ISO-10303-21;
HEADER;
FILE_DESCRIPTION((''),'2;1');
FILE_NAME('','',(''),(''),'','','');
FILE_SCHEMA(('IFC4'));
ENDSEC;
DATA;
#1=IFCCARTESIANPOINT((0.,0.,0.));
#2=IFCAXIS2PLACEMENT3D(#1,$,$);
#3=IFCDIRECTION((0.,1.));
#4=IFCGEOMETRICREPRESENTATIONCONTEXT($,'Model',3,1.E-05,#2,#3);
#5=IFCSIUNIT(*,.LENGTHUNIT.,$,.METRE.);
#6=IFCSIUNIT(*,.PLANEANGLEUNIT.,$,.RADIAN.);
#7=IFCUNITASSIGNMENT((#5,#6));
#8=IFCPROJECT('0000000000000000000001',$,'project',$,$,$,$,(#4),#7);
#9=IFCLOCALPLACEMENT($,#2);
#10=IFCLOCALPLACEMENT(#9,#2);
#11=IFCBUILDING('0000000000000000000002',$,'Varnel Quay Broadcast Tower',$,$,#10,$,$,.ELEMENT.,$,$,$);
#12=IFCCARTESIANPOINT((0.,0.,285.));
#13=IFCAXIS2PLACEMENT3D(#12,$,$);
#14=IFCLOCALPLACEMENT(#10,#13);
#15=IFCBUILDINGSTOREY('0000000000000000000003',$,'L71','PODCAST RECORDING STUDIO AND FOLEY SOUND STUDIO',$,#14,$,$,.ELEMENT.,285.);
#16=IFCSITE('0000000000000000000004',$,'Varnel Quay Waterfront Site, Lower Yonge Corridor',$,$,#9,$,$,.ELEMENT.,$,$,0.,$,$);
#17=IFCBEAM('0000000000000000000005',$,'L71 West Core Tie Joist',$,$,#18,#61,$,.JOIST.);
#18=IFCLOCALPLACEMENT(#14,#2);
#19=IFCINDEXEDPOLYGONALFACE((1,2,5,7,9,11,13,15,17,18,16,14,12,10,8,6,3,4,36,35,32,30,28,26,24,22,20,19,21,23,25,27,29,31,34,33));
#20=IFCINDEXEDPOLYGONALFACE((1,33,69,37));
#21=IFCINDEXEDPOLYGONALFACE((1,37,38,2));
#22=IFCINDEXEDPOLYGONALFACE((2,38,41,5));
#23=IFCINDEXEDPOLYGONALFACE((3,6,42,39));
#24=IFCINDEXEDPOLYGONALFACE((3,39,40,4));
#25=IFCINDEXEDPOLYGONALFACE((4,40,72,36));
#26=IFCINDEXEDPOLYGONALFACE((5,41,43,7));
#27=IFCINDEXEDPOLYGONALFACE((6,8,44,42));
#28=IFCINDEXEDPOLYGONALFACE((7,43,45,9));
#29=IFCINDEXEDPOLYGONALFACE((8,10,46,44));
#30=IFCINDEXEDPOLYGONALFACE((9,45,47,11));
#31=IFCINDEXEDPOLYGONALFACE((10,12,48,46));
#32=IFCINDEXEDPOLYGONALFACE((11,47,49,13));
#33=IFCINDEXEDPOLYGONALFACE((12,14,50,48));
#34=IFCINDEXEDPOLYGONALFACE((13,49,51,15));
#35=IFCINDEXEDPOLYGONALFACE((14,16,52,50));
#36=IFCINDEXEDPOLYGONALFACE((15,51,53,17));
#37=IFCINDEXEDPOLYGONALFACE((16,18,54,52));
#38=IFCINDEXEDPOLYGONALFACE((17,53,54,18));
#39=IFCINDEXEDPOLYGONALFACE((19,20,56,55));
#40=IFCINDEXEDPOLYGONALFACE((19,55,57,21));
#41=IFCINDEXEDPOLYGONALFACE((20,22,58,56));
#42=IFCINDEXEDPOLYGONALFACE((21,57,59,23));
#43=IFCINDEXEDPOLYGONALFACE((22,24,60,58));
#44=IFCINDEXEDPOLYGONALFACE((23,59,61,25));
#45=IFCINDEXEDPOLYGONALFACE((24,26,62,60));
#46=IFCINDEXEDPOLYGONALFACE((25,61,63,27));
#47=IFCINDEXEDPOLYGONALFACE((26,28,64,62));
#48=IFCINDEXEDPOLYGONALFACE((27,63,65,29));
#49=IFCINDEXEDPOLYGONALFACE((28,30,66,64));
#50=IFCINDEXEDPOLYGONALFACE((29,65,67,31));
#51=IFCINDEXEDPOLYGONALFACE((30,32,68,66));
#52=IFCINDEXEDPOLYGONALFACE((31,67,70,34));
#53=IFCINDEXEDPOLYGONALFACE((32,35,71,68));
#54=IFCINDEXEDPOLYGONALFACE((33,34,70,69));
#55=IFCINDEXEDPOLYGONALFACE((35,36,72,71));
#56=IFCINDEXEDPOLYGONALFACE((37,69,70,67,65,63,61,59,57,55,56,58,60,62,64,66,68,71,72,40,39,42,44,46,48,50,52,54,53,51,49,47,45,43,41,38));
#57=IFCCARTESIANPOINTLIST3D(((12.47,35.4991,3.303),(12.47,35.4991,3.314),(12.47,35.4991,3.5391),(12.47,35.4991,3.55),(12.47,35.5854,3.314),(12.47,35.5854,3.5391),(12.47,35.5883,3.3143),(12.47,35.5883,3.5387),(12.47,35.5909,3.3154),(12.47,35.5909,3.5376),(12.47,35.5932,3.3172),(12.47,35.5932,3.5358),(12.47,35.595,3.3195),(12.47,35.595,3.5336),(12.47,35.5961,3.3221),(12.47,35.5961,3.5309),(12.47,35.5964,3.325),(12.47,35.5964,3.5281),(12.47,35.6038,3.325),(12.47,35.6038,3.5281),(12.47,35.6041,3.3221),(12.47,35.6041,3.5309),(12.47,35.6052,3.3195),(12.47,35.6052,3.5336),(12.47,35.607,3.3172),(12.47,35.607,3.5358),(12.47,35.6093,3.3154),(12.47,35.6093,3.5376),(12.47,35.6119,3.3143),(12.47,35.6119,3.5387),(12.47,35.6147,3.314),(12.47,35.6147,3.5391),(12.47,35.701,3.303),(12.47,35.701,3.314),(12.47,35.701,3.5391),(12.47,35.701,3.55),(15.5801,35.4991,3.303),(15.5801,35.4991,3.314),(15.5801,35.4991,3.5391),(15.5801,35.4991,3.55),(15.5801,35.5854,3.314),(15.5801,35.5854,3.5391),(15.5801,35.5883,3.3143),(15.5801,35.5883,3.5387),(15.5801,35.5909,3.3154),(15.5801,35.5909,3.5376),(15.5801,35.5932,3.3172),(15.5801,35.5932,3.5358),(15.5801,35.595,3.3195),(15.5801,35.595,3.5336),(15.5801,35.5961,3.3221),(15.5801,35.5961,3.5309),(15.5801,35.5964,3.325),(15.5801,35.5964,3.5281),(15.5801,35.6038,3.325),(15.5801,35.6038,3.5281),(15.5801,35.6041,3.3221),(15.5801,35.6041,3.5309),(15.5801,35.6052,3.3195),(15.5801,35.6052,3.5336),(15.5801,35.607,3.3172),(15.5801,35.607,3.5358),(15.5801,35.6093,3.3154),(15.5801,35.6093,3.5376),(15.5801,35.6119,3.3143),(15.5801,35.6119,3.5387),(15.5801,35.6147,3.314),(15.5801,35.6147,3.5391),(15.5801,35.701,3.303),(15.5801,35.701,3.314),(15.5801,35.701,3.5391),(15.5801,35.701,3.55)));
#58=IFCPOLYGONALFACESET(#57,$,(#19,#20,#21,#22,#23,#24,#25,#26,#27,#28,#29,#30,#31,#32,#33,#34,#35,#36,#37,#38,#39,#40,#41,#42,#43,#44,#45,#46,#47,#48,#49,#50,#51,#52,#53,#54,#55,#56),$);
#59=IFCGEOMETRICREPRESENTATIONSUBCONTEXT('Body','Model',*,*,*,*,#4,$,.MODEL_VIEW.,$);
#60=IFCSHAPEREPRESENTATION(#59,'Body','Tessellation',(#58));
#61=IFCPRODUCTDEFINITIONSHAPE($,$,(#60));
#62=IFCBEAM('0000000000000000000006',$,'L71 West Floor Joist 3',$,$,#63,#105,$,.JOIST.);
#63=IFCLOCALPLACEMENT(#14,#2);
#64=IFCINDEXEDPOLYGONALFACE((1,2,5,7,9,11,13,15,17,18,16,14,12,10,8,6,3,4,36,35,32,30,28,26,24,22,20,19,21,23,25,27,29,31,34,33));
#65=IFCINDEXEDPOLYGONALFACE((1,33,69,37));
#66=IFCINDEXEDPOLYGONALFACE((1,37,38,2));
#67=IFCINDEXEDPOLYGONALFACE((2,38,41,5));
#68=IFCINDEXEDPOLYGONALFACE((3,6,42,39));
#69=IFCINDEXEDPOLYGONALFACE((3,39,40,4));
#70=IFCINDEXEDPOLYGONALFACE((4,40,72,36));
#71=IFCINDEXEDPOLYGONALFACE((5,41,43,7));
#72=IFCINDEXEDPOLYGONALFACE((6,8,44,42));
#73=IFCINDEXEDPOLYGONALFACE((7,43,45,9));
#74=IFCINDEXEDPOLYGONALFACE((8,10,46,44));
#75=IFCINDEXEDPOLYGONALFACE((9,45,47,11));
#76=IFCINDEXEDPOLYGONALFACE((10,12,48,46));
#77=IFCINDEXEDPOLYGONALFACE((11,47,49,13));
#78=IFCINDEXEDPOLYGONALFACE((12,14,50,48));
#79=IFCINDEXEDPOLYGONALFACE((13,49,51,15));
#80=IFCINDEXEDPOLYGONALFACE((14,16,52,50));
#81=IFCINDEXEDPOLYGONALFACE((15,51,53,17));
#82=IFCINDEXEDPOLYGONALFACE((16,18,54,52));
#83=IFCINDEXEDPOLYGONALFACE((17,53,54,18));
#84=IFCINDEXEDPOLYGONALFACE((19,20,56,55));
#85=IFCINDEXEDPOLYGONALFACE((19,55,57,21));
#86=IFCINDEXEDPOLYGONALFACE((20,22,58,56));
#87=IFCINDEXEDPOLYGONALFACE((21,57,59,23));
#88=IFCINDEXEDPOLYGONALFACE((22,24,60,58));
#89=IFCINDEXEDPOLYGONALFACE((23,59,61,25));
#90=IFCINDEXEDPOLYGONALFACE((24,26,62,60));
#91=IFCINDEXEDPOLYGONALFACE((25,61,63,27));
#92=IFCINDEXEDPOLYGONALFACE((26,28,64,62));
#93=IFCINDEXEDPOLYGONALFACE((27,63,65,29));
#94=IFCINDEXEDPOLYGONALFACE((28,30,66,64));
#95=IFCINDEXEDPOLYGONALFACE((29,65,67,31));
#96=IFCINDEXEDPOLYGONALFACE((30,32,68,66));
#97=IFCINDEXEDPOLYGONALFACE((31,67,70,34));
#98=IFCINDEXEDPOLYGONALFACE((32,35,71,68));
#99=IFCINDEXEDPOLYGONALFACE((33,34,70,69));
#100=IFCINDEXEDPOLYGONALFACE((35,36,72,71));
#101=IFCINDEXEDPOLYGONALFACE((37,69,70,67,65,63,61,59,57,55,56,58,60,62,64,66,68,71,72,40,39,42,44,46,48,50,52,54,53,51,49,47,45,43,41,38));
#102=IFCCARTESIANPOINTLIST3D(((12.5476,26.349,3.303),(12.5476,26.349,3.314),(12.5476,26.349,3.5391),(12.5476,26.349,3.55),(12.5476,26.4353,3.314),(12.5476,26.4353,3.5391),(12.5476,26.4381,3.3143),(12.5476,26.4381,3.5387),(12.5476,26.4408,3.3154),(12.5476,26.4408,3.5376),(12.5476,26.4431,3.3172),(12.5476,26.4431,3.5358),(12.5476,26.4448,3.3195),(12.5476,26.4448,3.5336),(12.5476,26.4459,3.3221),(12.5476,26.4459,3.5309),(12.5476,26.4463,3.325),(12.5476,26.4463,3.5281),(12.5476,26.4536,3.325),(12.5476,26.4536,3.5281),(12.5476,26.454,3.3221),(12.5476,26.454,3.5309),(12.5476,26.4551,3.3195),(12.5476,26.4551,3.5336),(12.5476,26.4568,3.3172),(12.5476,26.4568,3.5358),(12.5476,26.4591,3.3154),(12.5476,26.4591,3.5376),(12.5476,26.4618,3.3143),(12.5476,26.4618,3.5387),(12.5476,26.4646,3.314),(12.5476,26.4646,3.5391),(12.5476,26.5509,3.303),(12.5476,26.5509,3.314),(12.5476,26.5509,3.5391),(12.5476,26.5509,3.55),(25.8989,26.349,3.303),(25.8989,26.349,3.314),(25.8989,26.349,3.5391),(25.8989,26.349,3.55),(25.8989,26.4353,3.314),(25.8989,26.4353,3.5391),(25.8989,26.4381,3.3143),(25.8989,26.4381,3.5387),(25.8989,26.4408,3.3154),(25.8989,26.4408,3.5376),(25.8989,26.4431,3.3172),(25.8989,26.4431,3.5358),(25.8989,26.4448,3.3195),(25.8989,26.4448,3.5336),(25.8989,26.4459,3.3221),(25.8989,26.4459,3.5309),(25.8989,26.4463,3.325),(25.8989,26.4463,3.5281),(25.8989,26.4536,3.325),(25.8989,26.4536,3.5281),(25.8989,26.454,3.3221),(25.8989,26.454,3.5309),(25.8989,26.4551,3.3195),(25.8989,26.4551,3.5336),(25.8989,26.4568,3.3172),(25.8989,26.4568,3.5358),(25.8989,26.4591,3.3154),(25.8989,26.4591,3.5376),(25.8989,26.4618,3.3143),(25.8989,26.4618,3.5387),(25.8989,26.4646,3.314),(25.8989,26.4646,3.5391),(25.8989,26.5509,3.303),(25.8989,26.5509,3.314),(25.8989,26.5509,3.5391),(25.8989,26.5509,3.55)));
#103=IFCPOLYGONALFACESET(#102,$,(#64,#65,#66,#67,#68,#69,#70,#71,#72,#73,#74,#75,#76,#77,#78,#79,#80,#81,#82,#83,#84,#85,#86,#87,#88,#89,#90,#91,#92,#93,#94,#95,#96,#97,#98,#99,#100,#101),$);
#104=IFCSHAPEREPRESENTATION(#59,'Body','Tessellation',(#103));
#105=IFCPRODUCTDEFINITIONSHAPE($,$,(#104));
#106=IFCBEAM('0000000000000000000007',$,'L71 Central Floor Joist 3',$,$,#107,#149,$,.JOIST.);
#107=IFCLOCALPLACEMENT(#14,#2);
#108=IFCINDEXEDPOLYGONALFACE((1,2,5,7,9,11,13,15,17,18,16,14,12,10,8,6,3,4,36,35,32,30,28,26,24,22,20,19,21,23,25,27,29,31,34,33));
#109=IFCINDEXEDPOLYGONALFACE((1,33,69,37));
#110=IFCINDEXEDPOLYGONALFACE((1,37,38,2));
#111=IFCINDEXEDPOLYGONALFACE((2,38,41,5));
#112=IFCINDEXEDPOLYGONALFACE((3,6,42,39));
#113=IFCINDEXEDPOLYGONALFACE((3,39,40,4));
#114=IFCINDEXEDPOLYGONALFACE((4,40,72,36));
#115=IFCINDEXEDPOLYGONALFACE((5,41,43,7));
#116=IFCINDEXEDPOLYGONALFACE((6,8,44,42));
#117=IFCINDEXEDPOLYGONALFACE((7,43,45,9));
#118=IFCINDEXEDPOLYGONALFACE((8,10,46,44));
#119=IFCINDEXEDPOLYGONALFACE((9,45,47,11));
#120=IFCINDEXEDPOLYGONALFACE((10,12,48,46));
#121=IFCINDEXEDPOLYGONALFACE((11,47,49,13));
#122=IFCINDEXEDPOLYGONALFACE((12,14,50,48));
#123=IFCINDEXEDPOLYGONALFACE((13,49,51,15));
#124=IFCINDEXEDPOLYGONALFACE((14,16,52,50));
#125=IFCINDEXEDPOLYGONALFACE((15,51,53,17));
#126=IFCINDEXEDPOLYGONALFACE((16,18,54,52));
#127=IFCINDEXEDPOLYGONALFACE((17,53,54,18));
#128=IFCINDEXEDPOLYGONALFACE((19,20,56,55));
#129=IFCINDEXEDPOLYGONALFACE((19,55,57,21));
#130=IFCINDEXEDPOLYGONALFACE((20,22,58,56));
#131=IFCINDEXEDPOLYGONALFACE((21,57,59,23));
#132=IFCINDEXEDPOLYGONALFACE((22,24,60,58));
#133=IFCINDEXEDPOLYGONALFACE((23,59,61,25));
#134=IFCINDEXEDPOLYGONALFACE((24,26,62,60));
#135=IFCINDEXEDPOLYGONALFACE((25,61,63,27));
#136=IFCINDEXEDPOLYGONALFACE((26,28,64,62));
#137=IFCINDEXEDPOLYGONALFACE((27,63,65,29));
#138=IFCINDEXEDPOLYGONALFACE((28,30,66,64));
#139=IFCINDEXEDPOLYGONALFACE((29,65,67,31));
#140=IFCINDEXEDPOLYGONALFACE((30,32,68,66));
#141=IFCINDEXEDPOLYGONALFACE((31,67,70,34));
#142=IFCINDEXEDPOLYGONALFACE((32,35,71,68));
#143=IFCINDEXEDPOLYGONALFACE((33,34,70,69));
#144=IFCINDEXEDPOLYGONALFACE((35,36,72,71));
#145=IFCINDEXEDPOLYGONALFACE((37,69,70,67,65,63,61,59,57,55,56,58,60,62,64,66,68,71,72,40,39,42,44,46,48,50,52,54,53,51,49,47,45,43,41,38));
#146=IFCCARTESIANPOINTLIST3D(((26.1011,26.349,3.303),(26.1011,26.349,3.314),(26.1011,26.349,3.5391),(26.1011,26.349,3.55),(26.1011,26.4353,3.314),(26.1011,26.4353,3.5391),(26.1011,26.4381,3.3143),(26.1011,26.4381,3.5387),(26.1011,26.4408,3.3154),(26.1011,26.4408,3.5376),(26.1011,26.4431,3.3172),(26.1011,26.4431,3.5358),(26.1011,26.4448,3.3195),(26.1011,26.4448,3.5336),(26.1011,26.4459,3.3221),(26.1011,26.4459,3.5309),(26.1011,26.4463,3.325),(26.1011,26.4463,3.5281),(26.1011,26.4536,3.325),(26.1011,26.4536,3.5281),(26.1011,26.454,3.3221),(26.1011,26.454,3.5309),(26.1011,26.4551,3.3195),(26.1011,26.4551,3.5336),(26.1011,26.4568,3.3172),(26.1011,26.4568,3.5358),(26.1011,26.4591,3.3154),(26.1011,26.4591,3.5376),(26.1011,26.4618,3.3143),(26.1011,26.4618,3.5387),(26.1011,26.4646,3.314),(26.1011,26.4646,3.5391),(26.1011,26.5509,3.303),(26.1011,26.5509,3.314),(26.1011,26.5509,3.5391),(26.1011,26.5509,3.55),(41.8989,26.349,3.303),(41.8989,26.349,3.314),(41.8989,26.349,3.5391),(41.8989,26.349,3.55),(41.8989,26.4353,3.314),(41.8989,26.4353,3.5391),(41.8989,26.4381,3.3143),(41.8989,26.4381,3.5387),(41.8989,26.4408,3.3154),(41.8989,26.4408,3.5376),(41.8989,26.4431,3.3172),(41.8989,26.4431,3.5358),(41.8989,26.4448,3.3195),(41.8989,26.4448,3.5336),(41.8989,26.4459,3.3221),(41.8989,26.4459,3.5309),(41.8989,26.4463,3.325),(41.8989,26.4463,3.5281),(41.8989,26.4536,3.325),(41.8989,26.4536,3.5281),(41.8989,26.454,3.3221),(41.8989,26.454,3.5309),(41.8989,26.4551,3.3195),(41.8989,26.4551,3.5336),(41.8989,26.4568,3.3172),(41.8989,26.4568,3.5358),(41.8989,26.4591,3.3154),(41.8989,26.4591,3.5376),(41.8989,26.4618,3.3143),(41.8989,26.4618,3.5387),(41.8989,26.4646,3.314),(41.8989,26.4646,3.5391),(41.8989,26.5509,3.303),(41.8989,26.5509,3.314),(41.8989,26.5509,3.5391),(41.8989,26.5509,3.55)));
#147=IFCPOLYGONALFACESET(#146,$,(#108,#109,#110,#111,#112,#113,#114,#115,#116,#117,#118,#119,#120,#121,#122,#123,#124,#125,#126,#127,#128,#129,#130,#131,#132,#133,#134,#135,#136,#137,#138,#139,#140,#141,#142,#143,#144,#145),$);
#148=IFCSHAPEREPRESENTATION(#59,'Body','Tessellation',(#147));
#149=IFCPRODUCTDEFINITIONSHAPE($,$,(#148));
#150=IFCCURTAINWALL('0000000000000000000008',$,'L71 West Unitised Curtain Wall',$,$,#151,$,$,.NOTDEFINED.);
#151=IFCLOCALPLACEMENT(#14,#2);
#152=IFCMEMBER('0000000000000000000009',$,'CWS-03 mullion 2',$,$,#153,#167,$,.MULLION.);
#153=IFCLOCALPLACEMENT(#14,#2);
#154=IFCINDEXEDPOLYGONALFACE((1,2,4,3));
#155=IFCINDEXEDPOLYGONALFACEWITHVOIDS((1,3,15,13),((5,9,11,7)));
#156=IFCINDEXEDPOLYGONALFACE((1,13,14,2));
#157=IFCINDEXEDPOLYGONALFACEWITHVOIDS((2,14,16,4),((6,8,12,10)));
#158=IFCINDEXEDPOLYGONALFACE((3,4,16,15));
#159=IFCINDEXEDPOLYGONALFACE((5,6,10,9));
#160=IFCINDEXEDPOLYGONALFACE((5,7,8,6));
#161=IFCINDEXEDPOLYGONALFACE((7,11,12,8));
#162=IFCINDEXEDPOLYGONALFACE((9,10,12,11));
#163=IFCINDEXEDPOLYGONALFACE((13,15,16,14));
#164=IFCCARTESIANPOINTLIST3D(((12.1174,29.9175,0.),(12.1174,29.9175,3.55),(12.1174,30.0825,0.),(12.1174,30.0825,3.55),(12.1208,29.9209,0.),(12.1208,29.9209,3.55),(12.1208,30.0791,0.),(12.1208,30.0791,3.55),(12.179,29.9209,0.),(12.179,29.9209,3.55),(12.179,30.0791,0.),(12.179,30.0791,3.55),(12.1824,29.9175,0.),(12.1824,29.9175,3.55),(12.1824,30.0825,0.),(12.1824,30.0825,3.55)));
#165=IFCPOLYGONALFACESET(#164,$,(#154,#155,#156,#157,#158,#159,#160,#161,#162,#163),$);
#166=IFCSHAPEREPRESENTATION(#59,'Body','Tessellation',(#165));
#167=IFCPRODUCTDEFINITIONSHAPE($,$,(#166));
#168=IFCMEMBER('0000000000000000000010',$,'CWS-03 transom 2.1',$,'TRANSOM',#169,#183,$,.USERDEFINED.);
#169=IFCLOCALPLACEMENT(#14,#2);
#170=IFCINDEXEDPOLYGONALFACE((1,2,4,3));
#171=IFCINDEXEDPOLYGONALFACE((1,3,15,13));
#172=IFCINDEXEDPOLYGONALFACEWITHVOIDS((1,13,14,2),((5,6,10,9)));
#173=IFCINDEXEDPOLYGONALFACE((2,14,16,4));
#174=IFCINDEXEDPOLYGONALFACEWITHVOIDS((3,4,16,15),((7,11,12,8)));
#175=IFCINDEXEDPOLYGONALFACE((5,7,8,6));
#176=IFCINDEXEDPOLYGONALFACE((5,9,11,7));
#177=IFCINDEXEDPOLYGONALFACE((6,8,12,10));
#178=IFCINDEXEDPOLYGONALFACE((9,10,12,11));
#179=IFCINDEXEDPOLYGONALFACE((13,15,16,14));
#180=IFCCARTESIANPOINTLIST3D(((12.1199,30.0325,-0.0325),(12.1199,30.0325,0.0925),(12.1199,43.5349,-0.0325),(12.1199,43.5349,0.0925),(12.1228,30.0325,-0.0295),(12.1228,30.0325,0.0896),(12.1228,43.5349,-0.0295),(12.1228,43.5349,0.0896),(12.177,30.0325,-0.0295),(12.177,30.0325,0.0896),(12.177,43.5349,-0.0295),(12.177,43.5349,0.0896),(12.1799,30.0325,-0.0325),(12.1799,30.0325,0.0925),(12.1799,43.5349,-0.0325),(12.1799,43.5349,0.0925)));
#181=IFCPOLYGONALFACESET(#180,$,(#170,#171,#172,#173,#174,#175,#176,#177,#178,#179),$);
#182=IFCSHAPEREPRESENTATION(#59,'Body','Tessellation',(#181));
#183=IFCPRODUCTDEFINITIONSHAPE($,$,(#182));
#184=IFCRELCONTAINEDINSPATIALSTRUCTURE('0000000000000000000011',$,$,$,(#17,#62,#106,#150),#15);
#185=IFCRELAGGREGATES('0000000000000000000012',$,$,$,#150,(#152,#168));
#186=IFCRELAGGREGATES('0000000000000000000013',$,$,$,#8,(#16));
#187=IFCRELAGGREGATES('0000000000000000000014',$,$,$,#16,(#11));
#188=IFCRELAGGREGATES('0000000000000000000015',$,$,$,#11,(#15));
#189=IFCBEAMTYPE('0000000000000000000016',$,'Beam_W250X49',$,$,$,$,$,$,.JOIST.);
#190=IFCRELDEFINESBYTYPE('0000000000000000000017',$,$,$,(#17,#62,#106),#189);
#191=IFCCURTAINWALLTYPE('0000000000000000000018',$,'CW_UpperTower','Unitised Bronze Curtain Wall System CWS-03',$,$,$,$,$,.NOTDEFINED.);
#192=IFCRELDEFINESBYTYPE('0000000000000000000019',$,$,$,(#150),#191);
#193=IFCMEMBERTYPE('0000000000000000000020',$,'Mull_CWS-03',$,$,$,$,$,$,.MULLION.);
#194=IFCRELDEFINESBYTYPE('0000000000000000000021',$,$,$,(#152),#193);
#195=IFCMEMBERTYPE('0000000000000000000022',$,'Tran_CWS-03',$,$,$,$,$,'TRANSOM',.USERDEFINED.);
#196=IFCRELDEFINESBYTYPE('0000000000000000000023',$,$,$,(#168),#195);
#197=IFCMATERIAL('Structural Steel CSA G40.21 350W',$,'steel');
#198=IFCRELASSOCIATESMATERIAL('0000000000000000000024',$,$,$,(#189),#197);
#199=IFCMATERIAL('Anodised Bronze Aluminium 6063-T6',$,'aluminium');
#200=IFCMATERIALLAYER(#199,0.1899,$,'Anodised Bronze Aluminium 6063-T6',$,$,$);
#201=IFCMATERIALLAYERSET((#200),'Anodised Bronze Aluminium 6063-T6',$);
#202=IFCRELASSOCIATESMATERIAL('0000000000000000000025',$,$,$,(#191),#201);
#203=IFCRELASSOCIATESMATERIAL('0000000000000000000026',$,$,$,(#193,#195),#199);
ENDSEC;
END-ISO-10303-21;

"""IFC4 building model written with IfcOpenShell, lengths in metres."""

from ifc_helpers import new_model, si_unit, direction, frame, origin, origin_2d, place, context, subcontext, project, spatial, hollow_rectangle, i_section, extrude, source, transform, mapped, material, layer, layer_set, material_profile, profile_set, type_object, type_shapes, element, aggregate, save


model = new_model("IFC4")

# Units and contexts
model_context = context("Model", 3, precision=1e-05, world=origin(), true_north=direction((0.0, 1.0)))
body_context = subcontext(model_context, "Body", "Model", "MODEL_VIEW")
ifc_project = project(units=[si_unit("LENGTHUNIT", "METRE"), si_unit("PLANEANGLEUNIT", "RADIAN")], contexts=[model_context])

# Site, building, storey
site_placement = place(None, origin())
site = spatial("IfcSite", under=ifc_project, at=site_placement, Name="Varnel Quay Waterfront Site, Lower Yonge Corridor", CompositionType="ELEMENT", RefElevation=0.0)
building_placement = place(site_placement, origin())
building = spatial("IfcBuilding", under=site, at=building_placement, Name="Varnel Quay Broadcast Tower", CompositionType="ELEMENT")
storey_placement = place(building_placement, frame((0.0, 0.0, 285.0)))
storey = spatial("IfcBuildingStorey", under=building, at=storey_placement, Name="L71", Description="PODCAST RECORDING STUDIO AND FOLEY SOUND STUDIO", CompositionType="ELEMENT", Elevation=285.0)

# Shared definitions
ifc_material_1 = material(Name="Structural Steel CSA G40.21 350W", Category="steel")

# Beams
ifc_material_profile_1 = material_profile(ifc_material_1, i_section(OverallWidth=0.2019, OverallDepth=0.2471, WebThickness=0.0073, FlangeThickness=0.011, FilletRadius=0.011, at=origin_2d()), Name="W250X49")
ifc_profile_set_1 = profile_set([ifc_material_profile_1], Name="Structural Steel CSA G40.21 350W")
beam_type_1 = type_object("IfcBeamType", Name="Beam_W250X49", PredefinedType="JOIST", material=ifc_profile_set_1)
shared_shape_1 = source(origin(), body_context, "Body", "SweptSolid", [
    extrude(i_section(OverallWidth=0.2019, OverallDepth=0.2471, WebThickness=0.0073, FlangeThickness=0.011, FilletRadius=0.011, at=origin_2d()), origin(), (0.0, 0.0, 1.0), 3.1101),
])
beam_1_placement = place(storey_placement, frame((12.47, 35.6001, 3.4265), z_axis=(1.0, 0.0, 0.0), x_axis=(0.0, 1.0, 0.0)))
element("IfcBeam", 1, at=beam_1_placement, inside=storey, type_object=beam_type_1, Name="L71 West Core Tie Joist", PredefinedType="JOIST", context=body_context, shape_type="MappedRepresentation", body=[
    mapped(shared_shape_1, transform((0.0, 0.0, 0.0), x_axis=(1.0, 0.0, 0.0), y_axis=(0.0, 1.0, 0.0), z_axis=(0.0, 0.0, 1.0), scale=1.0)),
])
shared_shape_2 = source(origin(), body_context, "Body", "SweptSolid", [
    extrude(i_section(OverallWidth=0.2019, OverallDepth=0.2471, WebThickness=0.0073, FlangeThickness=0.011, FilletRadius=0.011, at=origin_2d()), origin(), (0.0, 0.0, 1.0), 13.3513),
])
beam_2_placement = place(storey_placement, frame((12.5476, 26.45, 3.4265), z_axis=(1.0, 0.0, 0.0), x_axis=(0.0, 1.0, 0.0)))
element("IfcBeam", 2, at=beam_2_placement, inside=storey, type_object=beam_type_1, Name="L71 West Floor Joist 3", PredefinedType="JOIST", context=body_context, shape_type="MappedRepresentation", body=[
    mapped(shared_shape_2, transform((0.0, 0.0, 0.0), x_axis=(1.0, 0.0, 0.0), y_axis=(0.0, 1.0, 0.0), z_axis=(0.0, 0.0, 1.0), scale=1.0)),
])
shared_shape_3 = source(origin(), body_context, "Body", "SweptSolid", [
    extrude(i_section(OverallWidth=0.2019, OverallDepth=0.2471, WebThickness=0.0073, FlangeThickness=0.011, FilletRadius=0.011, at=origin_2d()), origin(), (0.0, 0.0, 1.0), 15.7979),
])
type_shapes(beam_type_1, [shared_shape_1, shared_shape_2, shared_shape_3])
beam_3_placement = place(storey_placement, frame((26.1011, 26.45, 3.4265), z_axis=(1.0, 0.0, 0.0), x_axis=(0.0, 1.0, 0.0)))
element("IfcBeam", 3, at=beam_3_placement, inside=storey, type_object=beam_type_1, Name="L71 Central Floor Joist 3", PredefinedType="JOIST", context=body_context, shape_type="MappedRepresentation", body=[
    mapped(shared_shape_3, transform((0.0, 0.0, 0.0), x_axis=(1.0, 0.0, 0.0), y_axis=(0.0, 1.0, 0.0), z_axis=(0.0, 0.0, 1.0), scale=1.0)),
])

# Curtain wall, members
ifc_material_2 = material(Name="Anodised Bronze Aluminium 6063-T6", Category="aluminium")
ifc_layer_1 = layer(ifc_material_2, 0.1899, Name="Anodised Bronze Aluminium 6063-T6")
ifc_layer_set_1 = layer_set([ifc_layer_1], Name="Anodised Bronze Aluminium 6063-T6")
curtain_wall_type = type_object("IfcCurtainWallType", Name="CW_UpperTower", Description="Unitised Bronze Curtain Wall System CWS-03", PredefinedType="NOTDEFINED", material=ifc_layer_set_1)
curtain_wall_placement = place(storey_placement, origin())
curtain_wall = element("IfcCurtainWall", 4, at=curtain_wall_placement, inside=storey, type_object=curtain_wall_type, Name="L71 West Unitised Curtain Wall", PredefinedType="NOTDEFINED")
ifc_material_profile_2 = material_profile(ifc_material_2, hollow_rectangle(XDim=0.0649, YDim=0.165, WallThickness=0.0034, at=origin_2d()), Name="ALU65X165X3.5")
ifc_profile_set_2 = profile_set([ifc_material_profile_2], Name="Anodised Bronze Aluminium 6063-T6")
member_type_1 = type_object("IfcMemberType", Name="Mull_CWS-03", PredefinedType="MULLION", material=ifc_profile_set_2)
shared_shape_4 = source(origin(), body_context, "Body", "SweptSolid", [
    extrude(hollow_rectangle(XDim=0.0649, YDim=0.165, WallThickness=0.0034, at=origin_2d()), origin(), (0.0, 0.0, 1.0), 3.55),
])
type_shapes(member_type_1, [shared_shape_4])
member_1_placement = place(storey_placement, frame((12.1499, 30.0, 0.0), z_axis=(0.0, 0.0, 1.0), x_axis=(-1.0, 0.0, 0.0)))
member_1 = element("IfcMember", 5, at=member_1_placement, type_object=member_type_1, Name="CWS-03 mullion 2", PredefinedType="MULLION", context=body_context, shape_type="MappedRepresentation", body=[
    mapped(shared_shape_4, transform((0.0, 0.0, 0.0), x_axis=(1.0, 0.0, 0.0), y_axis=(0.0, 1.0, 0.0), z_axis=(0.0, 0.0, 1.0), scale=1.0)),
])
ifc_material_profile_3 = material_profile(ifc_material_2, hollow_rectangle(XDim=0.0601, YDim=0.125, WallThickness=0.0029, at=origin_2d()), Name="ALU60X125X3")
ifc_profile_set_3 = profile_set([ifc_material_profile_3], Name="Anodised Bronze Aluminium 6063-T6")
member_type_2 = type_object("IfcMemberType", Name="Tran_CWS-03", ElementType="TRANSOM", PredefinedType="USERDEFINED", material=ifc_profile_set_3)
shared_shape_5 = source(origin(), body_context, "Body", "SweptSolid", [
    extrude(hollow_rectangle(XDim=0.0601, YDim=0.125, WallThickness=0.0029, at=origin_2d()), origin(), (0.0, 0.0, 1.0), 13.5024),
])
type_shapes(member_type_2, [shared_shape_5])
member_2_placement = place(storey_placement, frame((12.1499, 30.0325, 0.03), z_axis=(0.0, 1.0, 0.0), x_axis=(-1.0, 0.0, 0.0)))
member_2 = element("IfcMember", 6, at=member_2_placement, type_object=member_type_2, Name="CWS-03 transom 2.1", ObjectType="TRANSOM", PredefinedType="USERDEFINED", context=body_context, shape_type="MappedRepresentation", body=[
    mapped(shared_shape_5, transform((0.0, 0.0, 0.0), x_axis=(1.0, 0.0, 0.0), y_axis=(0.0, 1.0, 0.0), z_axis=(0.0, 0.0, 1.0), scale=1.0)),
])
aggregate(curtain_wall, [member_1, member_2])

save(model, "model.ifc")
